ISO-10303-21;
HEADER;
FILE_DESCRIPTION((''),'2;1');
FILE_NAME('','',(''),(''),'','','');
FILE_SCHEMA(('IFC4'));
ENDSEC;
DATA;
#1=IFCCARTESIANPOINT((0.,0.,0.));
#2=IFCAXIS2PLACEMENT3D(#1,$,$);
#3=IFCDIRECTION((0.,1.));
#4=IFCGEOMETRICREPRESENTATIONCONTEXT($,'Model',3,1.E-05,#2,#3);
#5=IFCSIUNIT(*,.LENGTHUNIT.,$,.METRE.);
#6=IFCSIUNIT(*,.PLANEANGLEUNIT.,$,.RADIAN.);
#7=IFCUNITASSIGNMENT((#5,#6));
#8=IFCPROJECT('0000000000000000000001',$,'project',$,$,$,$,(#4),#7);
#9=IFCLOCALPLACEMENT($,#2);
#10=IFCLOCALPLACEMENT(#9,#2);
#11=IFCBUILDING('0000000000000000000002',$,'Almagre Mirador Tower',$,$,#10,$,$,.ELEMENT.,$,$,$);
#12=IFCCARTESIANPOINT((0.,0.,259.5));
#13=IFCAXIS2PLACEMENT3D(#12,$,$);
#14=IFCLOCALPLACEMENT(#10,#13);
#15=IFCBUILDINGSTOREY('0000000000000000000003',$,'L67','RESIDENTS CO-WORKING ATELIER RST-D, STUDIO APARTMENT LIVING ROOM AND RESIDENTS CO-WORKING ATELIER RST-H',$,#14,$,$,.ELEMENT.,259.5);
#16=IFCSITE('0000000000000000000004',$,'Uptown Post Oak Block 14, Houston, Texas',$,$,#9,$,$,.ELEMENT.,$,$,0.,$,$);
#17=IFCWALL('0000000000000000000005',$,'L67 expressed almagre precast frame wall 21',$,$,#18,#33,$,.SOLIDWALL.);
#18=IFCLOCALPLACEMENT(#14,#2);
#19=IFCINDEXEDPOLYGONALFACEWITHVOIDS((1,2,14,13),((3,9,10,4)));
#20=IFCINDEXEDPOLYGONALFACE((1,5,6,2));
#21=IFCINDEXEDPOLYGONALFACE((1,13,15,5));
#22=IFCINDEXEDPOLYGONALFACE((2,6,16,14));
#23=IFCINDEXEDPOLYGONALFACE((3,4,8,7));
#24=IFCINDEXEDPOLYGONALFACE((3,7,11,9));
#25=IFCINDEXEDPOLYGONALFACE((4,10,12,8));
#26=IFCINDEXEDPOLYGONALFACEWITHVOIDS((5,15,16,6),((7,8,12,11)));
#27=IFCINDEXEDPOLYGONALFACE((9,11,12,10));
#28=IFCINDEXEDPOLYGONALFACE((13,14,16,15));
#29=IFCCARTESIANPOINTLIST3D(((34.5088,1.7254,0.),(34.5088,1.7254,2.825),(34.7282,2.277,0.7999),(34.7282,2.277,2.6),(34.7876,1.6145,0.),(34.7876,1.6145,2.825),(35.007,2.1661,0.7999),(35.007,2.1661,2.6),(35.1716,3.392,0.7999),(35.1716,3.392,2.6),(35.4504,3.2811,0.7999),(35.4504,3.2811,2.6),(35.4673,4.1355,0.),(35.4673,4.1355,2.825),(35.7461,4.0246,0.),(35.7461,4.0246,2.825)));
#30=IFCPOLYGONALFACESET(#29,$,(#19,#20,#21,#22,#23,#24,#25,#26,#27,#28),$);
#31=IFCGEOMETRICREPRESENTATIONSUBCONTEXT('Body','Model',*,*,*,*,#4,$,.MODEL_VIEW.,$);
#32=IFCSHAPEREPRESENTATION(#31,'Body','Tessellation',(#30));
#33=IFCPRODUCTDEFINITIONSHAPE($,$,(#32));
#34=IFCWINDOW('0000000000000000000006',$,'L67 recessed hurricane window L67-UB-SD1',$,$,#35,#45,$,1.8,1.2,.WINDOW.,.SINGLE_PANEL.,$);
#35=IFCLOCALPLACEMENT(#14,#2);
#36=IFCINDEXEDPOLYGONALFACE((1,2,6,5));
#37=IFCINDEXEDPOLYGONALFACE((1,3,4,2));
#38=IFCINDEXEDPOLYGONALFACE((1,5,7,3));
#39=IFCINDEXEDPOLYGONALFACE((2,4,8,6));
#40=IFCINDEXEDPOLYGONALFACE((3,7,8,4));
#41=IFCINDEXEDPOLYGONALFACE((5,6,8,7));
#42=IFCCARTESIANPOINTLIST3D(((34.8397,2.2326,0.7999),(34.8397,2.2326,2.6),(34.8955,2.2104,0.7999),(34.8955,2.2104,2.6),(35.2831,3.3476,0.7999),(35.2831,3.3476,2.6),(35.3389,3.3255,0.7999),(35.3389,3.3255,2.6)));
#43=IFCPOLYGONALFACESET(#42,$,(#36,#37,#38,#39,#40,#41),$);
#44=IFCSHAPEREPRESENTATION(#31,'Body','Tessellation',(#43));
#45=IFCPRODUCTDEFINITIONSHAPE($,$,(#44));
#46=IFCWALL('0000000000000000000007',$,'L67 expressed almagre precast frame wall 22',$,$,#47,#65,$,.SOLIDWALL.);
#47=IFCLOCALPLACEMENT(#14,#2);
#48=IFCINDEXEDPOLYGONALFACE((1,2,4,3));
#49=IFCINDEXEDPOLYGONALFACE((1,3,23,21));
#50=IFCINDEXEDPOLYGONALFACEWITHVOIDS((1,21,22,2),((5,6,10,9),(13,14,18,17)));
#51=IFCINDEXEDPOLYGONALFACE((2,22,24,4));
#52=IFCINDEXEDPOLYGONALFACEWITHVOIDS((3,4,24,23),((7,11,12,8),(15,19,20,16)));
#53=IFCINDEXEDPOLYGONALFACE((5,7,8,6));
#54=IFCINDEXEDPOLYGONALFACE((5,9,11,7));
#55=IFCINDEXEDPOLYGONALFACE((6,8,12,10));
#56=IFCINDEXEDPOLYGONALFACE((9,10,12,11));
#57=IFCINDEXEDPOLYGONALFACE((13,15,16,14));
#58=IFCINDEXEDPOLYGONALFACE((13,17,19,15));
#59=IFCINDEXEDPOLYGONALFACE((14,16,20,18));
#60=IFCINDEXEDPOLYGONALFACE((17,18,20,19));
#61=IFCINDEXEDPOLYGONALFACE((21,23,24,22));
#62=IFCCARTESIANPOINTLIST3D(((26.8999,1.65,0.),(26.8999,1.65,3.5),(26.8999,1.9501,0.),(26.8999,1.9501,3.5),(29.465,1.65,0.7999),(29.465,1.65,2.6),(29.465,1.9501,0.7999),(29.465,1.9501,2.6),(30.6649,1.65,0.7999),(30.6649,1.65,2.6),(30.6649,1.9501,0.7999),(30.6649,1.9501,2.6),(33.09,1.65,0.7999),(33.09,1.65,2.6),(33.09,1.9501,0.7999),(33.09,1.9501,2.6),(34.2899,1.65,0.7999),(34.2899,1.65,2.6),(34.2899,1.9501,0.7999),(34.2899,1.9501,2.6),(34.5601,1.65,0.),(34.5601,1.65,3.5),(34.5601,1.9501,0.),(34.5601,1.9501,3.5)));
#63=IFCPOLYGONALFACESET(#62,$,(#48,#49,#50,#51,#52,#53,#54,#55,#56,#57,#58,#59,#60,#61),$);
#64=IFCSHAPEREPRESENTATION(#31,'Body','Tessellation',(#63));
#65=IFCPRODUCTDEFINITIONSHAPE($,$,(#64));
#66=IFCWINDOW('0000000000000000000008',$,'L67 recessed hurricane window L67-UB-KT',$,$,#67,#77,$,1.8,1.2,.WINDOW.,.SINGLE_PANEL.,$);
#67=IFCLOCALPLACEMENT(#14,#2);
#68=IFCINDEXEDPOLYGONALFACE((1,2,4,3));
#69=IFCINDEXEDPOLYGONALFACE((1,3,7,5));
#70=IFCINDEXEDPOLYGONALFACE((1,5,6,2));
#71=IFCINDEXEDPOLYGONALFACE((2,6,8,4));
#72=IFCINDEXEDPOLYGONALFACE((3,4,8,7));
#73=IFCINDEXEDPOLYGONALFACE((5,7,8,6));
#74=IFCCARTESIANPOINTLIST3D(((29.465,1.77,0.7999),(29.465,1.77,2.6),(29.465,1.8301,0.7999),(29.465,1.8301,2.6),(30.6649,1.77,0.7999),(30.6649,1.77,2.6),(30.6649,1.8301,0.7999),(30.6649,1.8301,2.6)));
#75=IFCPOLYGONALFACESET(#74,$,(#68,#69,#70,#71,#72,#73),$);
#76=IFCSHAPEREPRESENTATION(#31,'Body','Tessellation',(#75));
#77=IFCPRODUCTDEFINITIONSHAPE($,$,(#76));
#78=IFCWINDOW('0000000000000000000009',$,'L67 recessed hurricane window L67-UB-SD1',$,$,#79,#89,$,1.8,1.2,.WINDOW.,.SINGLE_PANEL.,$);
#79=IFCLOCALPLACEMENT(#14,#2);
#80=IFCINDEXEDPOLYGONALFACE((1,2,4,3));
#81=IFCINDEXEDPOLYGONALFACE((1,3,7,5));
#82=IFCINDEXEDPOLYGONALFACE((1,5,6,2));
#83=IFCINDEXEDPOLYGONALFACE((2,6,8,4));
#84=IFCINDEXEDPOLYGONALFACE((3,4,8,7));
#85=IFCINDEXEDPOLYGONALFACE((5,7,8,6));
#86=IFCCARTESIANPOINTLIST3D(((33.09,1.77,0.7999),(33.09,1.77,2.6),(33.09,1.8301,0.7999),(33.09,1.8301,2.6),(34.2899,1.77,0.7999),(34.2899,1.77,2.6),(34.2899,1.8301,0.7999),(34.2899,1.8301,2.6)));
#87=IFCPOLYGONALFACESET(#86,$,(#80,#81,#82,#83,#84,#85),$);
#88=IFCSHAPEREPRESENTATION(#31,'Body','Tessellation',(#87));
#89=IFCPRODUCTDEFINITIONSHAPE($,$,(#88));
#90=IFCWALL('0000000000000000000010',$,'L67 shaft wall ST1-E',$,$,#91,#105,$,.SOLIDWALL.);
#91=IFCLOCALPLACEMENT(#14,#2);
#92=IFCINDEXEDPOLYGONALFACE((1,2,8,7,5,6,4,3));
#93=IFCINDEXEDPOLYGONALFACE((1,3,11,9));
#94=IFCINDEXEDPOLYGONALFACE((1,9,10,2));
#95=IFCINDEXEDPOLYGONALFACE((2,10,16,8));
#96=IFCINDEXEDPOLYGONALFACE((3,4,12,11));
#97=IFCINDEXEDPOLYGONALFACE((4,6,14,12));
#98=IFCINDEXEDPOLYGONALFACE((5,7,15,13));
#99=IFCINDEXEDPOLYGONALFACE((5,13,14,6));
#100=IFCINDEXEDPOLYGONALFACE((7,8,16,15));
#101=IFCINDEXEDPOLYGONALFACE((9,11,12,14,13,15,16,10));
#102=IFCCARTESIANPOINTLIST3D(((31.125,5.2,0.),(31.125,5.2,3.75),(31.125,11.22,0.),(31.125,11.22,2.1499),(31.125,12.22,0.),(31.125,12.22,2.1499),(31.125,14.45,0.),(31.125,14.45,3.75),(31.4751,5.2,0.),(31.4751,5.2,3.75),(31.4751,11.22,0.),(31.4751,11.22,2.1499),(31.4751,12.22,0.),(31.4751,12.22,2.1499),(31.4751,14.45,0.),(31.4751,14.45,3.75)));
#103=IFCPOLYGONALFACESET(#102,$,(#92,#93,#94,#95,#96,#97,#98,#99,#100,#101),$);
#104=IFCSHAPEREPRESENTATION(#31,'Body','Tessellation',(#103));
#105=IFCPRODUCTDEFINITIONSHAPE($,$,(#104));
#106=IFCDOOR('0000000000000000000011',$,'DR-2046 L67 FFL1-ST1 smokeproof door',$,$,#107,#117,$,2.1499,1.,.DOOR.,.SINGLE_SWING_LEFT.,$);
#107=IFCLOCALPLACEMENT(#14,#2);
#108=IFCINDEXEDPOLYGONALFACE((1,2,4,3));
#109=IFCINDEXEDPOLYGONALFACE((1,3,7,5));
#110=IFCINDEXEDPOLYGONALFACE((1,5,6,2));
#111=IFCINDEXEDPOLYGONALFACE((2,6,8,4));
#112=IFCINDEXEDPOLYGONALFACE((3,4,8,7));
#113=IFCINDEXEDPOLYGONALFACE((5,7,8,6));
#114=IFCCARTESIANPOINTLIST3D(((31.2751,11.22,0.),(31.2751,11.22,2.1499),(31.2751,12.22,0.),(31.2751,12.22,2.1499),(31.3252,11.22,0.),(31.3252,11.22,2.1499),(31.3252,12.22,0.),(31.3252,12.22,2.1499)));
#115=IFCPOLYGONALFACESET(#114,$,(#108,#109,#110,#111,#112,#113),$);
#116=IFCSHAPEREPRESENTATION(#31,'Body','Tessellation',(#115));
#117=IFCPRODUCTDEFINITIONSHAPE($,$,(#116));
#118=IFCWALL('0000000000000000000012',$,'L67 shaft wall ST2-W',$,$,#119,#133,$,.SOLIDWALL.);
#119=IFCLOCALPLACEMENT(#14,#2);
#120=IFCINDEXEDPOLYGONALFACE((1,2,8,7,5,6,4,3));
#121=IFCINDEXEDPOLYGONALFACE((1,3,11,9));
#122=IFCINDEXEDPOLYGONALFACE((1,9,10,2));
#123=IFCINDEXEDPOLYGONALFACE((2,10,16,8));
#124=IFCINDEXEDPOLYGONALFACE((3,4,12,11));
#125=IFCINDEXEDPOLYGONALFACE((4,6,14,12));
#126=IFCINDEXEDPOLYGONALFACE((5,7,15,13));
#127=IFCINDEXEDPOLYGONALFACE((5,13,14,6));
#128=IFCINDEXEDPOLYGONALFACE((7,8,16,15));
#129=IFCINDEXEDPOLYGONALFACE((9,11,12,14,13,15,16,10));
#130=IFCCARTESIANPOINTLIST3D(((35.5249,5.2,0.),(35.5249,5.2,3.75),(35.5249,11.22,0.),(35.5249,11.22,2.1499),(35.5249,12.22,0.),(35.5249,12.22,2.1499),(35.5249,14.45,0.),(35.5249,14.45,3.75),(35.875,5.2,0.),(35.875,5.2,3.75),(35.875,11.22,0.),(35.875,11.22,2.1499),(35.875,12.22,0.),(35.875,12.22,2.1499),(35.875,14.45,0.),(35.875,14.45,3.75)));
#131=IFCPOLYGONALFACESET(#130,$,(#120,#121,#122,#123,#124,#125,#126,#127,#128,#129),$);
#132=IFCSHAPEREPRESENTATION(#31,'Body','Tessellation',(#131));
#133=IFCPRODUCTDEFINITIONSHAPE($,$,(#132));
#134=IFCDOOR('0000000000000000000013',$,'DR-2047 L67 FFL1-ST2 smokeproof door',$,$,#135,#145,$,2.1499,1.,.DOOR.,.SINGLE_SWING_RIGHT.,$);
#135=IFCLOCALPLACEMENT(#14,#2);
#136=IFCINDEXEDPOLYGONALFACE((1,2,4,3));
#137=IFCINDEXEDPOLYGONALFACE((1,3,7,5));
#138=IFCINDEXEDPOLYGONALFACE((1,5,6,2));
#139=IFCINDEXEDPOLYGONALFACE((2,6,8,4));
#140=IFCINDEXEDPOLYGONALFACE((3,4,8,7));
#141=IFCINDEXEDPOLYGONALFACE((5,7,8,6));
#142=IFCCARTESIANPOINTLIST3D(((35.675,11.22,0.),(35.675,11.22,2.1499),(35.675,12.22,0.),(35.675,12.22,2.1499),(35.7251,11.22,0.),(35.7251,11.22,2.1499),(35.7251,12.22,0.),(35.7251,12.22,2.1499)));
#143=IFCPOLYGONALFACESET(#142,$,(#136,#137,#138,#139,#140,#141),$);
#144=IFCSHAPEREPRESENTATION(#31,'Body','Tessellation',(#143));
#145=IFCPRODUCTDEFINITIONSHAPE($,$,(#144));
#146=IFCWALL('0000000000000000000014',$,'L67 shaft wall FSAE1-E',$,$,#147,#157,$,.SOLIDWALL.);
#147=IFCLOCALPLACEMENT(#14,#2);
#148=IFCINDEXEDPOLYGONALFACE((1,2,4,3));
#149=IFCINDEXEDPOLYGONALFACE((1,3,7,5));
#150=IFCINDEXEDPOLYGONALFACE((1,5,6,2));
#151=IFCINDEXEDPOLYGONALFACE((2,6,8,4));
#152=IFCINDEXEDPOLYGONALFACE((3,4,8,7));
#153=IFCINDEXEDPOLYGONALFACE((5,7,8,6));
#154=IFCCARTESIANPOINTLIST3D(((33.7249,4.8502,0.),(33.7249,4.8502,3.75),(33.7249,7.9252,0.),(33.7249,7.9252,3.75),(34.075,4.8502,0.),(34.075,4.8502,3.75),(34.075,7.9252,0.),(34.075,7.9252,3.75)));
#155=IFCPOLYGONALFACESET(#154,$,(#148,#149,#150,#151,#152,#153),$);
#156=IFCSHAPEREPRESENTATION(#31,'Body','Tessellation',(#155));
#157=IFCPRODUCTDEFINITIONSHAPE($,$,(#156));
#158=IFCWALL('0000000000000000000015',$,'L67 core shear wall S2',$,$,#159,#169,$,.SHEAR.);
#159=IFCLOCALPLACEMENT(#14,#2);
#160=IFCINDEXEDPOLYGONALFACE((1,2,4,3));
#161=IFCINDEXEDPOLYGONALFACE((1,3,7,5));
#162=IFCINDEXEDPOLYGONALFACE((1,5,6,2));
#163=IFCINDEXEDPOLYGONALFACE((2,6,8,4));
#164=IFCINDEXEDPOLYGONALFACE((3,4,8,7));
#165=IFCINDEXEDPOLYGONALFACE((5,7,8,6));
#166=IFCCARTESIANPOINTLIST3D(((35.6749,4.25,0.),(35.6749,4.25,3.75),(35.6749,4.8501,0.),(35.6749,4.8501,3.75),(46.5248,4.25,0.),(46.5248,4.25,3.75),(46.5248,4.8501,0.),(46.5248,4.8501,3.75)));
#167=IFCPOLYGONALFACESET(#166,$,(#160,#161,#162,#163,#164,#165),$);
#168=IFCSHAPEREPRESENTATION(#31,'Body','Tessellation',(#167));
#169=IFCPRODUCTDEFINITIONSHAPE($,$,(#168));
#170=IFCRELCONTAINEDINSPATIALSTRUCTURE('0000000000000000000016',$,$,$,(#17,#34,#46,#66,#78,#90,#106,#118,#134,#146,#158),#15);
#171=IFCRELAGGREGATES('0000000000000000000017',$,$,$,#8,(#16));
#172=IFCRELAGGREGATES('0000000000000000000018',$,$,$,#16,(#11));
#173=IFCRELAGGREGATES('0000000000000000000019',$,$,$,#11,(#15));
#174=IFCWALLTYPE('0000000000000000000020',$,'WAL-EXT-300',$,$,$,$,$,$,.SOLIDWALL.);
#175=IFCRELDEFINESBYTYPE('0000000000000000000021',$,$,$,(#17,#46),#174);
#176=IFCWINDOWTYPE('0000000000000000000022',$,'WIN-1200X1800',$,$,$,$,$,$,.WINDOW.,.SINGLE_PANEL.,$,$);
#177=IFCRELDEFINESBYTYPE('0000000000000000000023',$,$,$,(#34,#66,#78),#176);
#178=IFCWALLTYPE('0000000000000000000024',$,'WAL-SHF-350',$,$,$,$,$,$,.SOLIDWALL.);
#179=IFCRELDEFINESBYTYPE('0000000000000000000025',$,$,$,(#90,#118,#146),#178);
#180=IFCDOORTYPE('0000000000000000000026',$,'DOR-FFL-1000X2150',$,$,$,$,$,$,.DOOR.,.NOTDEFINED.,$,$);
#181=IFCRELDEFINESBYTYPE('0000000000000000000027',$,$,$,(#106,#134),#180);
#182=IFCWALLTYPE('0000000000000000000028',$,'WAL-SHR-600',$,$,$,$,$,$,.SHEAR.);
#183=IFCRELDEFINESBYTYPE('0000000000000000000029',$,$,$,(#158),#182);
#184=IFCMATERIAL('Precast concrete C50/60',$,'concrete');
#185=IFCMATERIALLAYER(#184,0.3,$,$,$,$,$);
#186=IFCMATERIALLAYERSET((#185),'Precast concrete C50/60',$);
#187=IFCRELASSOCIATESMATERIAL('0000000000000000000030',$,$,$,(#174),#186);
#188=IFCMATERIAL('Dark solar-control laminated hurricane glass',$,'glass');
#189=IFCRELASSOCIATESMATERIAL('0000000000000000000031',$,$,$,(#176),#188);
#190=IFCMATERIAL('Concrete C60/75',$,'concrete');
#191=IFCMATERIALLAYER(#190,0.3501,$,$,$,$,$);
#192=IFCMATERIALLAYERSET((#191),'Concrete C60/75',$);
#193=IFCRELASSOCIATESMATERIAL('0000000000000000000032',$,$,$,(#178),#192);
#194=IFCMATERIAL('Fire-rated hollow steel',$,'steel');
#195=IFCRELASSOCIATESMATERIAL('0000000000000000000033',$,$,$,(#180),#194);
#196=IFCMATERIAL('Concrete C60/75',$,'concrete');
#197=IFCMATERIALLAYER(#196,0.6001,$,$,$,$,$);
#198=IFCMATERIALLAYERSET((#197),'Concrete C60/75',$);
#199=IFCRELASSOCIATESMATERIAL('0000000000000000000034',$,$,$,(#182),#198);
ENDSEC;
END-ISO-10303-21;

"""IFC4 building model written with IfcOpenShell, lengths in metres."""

from ifc_helpers import new_model, si_unit, direction, frame, frame_2d, origin, place, context, subcontext, project, spatial, rectangle, extrude, material, layer, layer_set, type_object, element, fill, save


model = new_model("IFC4")

# Units and contexts
model_context = context("Model", 3, precision=1e-05, world=origin(), true_north=direction((0.0, 1.0)))
body_context = subcontext(model_context, "Body", "Model", "MODEL_VIEW")
ifc_project = project(units=[si_unit("LENGTHUNIT", "METRE"), si_unit("PLANEANGLEUNIT", "RADIAN")], contexts=[model_context])

# Site, building, storey
site_placement = place(None, origin())
site = spatial("IfcSite", under=ifc_project, at=site_placement, Name="Uptown Post Oak Block 14, Houston, Texas", CompositionType="ELEMENT", RefElevation=0.0)
building_placement = place(site_placement, origin())
building = spatial("IfcBuilding", under=site, at=building_placement, Name="Almagre Mirador Tower", CompositionType="ELEMENT")
storey_placement = place(building_placement, frame((0.0, 0.0, 259.5)))
storey = spatial("IfcBuildingStorey", under=building, at=storey_placement, Name="L67", Description="RESIDENTS CO-WORKING ATELIER RST-D, STUDIO APARTMENT LIVING ROOM AND RESIDENTS CO-WORKING ATELIER RST-H", CompositionType="ELEMENT", Elevation=259.5)

# Wall, opening, window
ifc_material_1 = material(Name="Precast concrete C50/60", Category="concrete")
ifc_layer_1 = layer(ifc_material_1, 0.3)
ifc_layer_set_1 = layer_set([ifc_layer_1], Name="Precast concrete C50/60")
wall_type_1 = type_object("IfcWallType", Name="WAL-EXT-300", PredefinedType="SOLIDWALL", material=ifc_layer_set_1)
wall_1_placement = place(storey_placement, frame((35.6067, 4.0801, 0.0), z_axis=(0.0, 0.0, 1.0), x_axis=(-0.36954, -0.929215, 0.0)))
wall_1 = element("IfcWall", 1, at=wall_1_placement, inside=storey, type_object=wall_type_1, Name="L67 expressed almagre precast frame wall 21", PredefinedType="SOLIDWALL", context=body_context, shape_type="SweptSolid", body=[
    extrude(rectangle(XDim=2.5938, YDim=0.3, at=frame_2d((1.2969, 0.0))), origin(), (0.0, 0.0, 1.0), 2.825),
])
opening_1_placement = place(wall_1_placement, frame((0.8, 0.0, 0.8)))
opening_1 = element("IfcOpeningElement", 2, at=opening_1_placement, cuts=wall_1, PredefinedType="OPENING", context=body_context, shape_type="SweptSolid", body=[
    extrude(rectangle(XDim=1.2, YDim=1.8, at=frame_2d((0.6001, 0.8999))), frame((0.0, 0.1599, 0.0), z_axis=(0.0, -1.0, 0.0), x_axis=(1.0, 0.0, 0.0)), (0.0, 0.0, 1.0), 0.32),
])
ifc_material_2 = material(Name="Dark solar-control laminated hurricane glass", Category="glass")
window_type = type_object("IfcWindowType", Name="WIN-1200X1800", PartitioningType="SINGLE_PANEL", PredefinedType="WINDOW", material=ifc_material_2)
window_1_placement = place(opening_1_placement, origin())
window_1 = element("IfcWindow", 3, at=window_1_placement, inside=storey, type_object=window_type, Name="L67 recessed hurricane window L67-UB-SD1", OverallHeight=1.8, OverallWidth=1.2, PartitioningType="SINGLE_PANEL", PredefinedType="WINDOW", context=body_context, shape_type="SweptSolid", body=[
    extrude(rectangle(XDim=1.2, YDim=1.8, at=frame_2d((0.6001, 0.8999))), frame((0.0, 0.03, 0.0), z_axis=(0.0, -1.0, 0.0), x_axis=(1.0, 0.0, 0.0)), (0.0, 0.0, 1.0), 0.0601),
])
fill(opening_1, window_1)

# Wall, openings, windows
wall_2_placement = place(storey_placement, frame((34.5601, 1.8, 0.0), z_axis=(0.0, 0.0, 1.0), x_axis=(-1.0, 0.0, 0.0)))
wall_2 = element("IfcWall", 4, at=wall_2_placement, inside=storey, type_object=wall_type_1, Name="L67 expressed almagre precast frame wall 22", PredefinedType="SOLIDWALL", context=body_context, shape_type="SweptSolid", body=[
    extrude(rectangle(XDim=7.6602, YDim=0.3, at=frame_2d((3.8301, 0.0))), origin(), (0.0, 0.0, 1.0), 3.5),
])
opening_2_placement = place(wall_2_placement, frame((3.895, 0.0, 0.8)))
opening_2 = element("IfcOpeningElement", 5, at=opening_2_placement, cuts=wall_2, PredefinedType="OPENING", context=body_context, shape_type="SweptSolid", body=[
    extrude(rectangle(XDim=1.2, YDim=1.8, at=frame_2d((0.6001, 0.8999))), frame((0.0, 0.1599, 0.0), z_axis=(0.0, -1.0, 0.0), x_axis=(1.0, 0.0, 0.0)), (0.0, 0.0, 1.0), 0.32),
])
opening_3_placement = place(wall_2_placement, frame((0.27, 0.0, 0.8)))
opening_3 = element("IfcOpeningElement", 6, at=opening_3_placement, cuts=wall_2, PredefinedType="OPENING", context=body_context, shape_type="SweptSolid", body=[
    extrude(rectangle(XDim=1.2, YDim=1.8, at=frame_2d((0.6001, 0.8999))), frame((0.0, 0.1599, 0.0), z_axis=(0.0, -1.0, 0.0), x_axis=(1.0, 0.0, 0.0)), (0.0, 0.0, 1.0), 0.32),
])
window_2_placement = place(opening_2_placement, origin())
window_2 = element("IfcWindow", 7, at=window_2_placement, inside=storey, type_object=window_type, Name="L67 recessed hurricane window L67-UB-KT", OverallHeight=1.8, OverallWidth=1.2, PartitioningType="SINGLE_PANEL", PredefinedType="WINDOW", context=body_context, shape_type="SweptSolid", body=[
    extrude(rectangle(XDim=1.2, YDim=1.8, at=frame_2d((0.6001, 0.8999))), frame((0.0, 0.03, 0.0), z_axis=(0.0, -1.0, 0.0), x_axis=(1.0, 0.0, 0.0)), (0.0, 0.0, 1.0), 0.0601),
])
fill(opening_2, window_2)
window_3_placement = place(opening_3_placement, origin())
window_3 = element("IfcWindow", 8, at=window_3_placement, inside=storey, type_object=window_type, Name="L67 recessed hurricane window L67-UB-SD1", OverallHeight=1.8, OverallWidth=1.2, PartitioningType="SINGLE_PANEL", PredefinedType="WINDOW", context=body_context, shape_type="SweptSolid", body=[
    extrude(rectangle(XDim=1.2, YDim=1.8, at=frame_2d((0.6001, 0.8999))), frame((0.0, 0.03, 0.0), z_axis=(0.0, -1.0, 0.0), x_axis=(1.0, 0.0, 0.0)), (0.0, 0.0, 1.0), 0.0601),
])
fill(opening_3, window_3)

# Walls, openings, doors
ifc_material_3 = material(Name="Concrete C60/75", Category="concrete")
ifc_layer_2 = layer(ifc_material_3, 0.3501)
ifc_layer_set_2 = layer_set([ifc_layer_2], Name="Concrete C60/75")
wall_type_2 = type_object("IfcWallType", Name="WAL-SHF-350", PredefinedType="SOLIDWALL", material=ifc_layer_set_2)
wall_3_placement = place(storey_placement, frame((31.3, 5.2, 0.0), z_axis=(0.0, 0.0, 1.0), x_axis=(0.0, 1.0, 0.0)))
wall_3 = element("IfcWall", 9, at=wall_3_placement, inside=storey, type_object=wall_type_2, Name="L67 shaft wall ST1-E", PredefinedType="SOLIDWALL", context=body_context, shape_type="SweptSolid", body=[
    extrude(rectangle(XDim=9.25, YDim=0.3501, at=frame_2d((4.625, 0.0))), origin(), (0.0, 0.0, 1.0), 3.75),
])
opening_4_placement = place(wall_3_placement, frame((6.02, 0.0, 0.0)))
opening_4 = element("IfcOpeningElement", 10, at=opening_4_placement, cuts=wall_3, PredefinedType="OPENING", context=body_context, shape_type="SweptSolid", body=[
    extrude(rectangle(XDim=1.0, YDim=2.1499, at=frame_2d((0.5, 1.075))), frame((0.0, 0.185, 0.0), z_axis=(0.0, -1.0, 0.0), x_axis=(1.0, 0.0, 0.0)), (0.0, 0.0, 1.0), 0.3701),
])
ifc_material_4 = material(Name="Fire-rated hollow steel", Category="steel")
door_type = type_object("IfcDoorType", Name="DOR-FFL-1000X2150", OperationType="NOTDEFINED", PredefinedType="DOOR", material=ifc_material_4)
door_1_placement = place(opening_4_placement, origin())
door_1 = element("IfcDoor", 11, at=door_1_placement, inside=storey, type_object=door_type, Name="DR-2046 L67 FFL1-ST1 smokeproof door", OperationType="SINGLE_SWING_LEFT", OverallHeight=2.1499, OverallWidth=1.0, PredefinedType="DOOR", context=body_context, shape_type="SweptSolid", body=[
    extrude(rectangle(XDim=1.0, YDim=2.1499, at=frame_2d((0.5, 1.075))), frame((0.0, 0.0249, 0.0), z_axis=(0.0, -1.0, 0.0), x_axis=(1.0, 0.0, 0.0)), (0.0, 0.0, 1.0), 0.05),
])
fill(opening_4, door_1)
wall_4_placement = place(storey_placement, frame((35.7, 5.2, 0.0), z_axis=(0.0, 0.0, 1.0), x_axis=(0.0, 1.0, 0.0)))
wall_4 = element("IfcWall", 12, at=wall_4_placement, inside=storey, type_object=wall_type_2, Name="L67 shaft wall ST2-W", PredefinedType="SOLIDWALL", context=body_context, shape_type="SweptSolid", body=[
    extrude(rectangle(XDim=9.25, YDim=0.3501, at=frame_2d((4.625, 0.0))), origin(), (0.0, 0.0, 1.0), 3.75),
])
opening_5_placement = place(wall_4_placement, frame((6.02, 0.0, 0.0)))
opening_5 = element("IfcOpeningElement", 13, at=opening_5_placement, cuts=wall_4, PredefinedType="OPENING", context=body_context, shape_type="SweptSolid", body=[
    extrude(rectangle(XDim=1.0, YDim=2.1499, at=frame_2d((0.5, 1.075))), frame((0.0, 0.185, 0.0), z_axis=(0.0, -1.0, 0.0), x_axis=(1.0, 0.0, 0.0)), (0.0, 0.0, 1.0), 0.3701),
])
door_2_placement = place(opening_5_placement, origin())
door_2 = element("IfcDoor", 14, at=door_2_placement, inside=storey, type_object=door_type, Name="DR-2047 L67 FFL1-ST2 smokeproof door", OperationType="SINGLE_SWING_RIGHT", OverallHeight=2.1499, OverallWidth=1.0, PredefinedType="DOOR", context=body_context, shape_type="SweptSolid", body=[
    extrude(rectangle(XDim=1.0, YDim=2.1499, at=frame_2d((0.5, 1.075))), frame((0.0, 0.0249, 0.0), z_axis=(0.0, -1.0, 0.0), x_axis=(1.0, 0.0, 0.0)), (0.0, 0.0, 1.0), 0.05),
])
fill(opening_5, door_2)

# Walls
wall_5_placement = place(storey_placement, frame((33.8999, 4.8501, 0.0), z_axis=(0.0, 0.0, 1.0), x_axis=(0.0, 1.0, 0.0)))
element("IfcWall", 15, at=wall_5_placement, inside=storey, type_object=wall_type_2, Name="L67 shaft wall FSAE1-E", PredefinedType="SOLIDWALL", context=body_context, shape_type="SweptSolid", body=[
    extrude(rectangle(XDim=3.075, YDim=0.3501, at=frame_2d((1.5376, 0.0))), origin(), (0.0, 0.0, 1.0), 3.75),
])
ifc_material_5 = material(Name="Concrete C60/75", Category="concrete")
ifc_layer_3 = layer(ifc_material_5, 0.6001)
ifc_layer_set_3 = layer_set([ifc_layer_3], Name="Concrete C60/75")
wall_type_3 = type_object("IfcWallType", Name="WAL-SHR-600", PredefinedType="SHEAR", material=ifc_layer_set_3)
wall_6_placement = place(storey_placement, frame((35.675, 4.55, 0.0), z_axis=(0.0, 0.0, 1.0), x_axis=(1.0, 0.0, 0.0)))
element("IfcWall", 16, at=wall_6_placement, inside=storey, type_object=wall_type_3, Name="L67 core shear wall S2", PredefinedType="SHEAR", context=body_context, shape_type="SweptSolid", body=[
    extrude(rectangle(XDim=10.8499, YDim=0.6001, at=frame_2d((5.4248, 0.0))), origin(), (0.0, 0.0, 1.0), 3.75),
])

save(model, "model.ifc")
